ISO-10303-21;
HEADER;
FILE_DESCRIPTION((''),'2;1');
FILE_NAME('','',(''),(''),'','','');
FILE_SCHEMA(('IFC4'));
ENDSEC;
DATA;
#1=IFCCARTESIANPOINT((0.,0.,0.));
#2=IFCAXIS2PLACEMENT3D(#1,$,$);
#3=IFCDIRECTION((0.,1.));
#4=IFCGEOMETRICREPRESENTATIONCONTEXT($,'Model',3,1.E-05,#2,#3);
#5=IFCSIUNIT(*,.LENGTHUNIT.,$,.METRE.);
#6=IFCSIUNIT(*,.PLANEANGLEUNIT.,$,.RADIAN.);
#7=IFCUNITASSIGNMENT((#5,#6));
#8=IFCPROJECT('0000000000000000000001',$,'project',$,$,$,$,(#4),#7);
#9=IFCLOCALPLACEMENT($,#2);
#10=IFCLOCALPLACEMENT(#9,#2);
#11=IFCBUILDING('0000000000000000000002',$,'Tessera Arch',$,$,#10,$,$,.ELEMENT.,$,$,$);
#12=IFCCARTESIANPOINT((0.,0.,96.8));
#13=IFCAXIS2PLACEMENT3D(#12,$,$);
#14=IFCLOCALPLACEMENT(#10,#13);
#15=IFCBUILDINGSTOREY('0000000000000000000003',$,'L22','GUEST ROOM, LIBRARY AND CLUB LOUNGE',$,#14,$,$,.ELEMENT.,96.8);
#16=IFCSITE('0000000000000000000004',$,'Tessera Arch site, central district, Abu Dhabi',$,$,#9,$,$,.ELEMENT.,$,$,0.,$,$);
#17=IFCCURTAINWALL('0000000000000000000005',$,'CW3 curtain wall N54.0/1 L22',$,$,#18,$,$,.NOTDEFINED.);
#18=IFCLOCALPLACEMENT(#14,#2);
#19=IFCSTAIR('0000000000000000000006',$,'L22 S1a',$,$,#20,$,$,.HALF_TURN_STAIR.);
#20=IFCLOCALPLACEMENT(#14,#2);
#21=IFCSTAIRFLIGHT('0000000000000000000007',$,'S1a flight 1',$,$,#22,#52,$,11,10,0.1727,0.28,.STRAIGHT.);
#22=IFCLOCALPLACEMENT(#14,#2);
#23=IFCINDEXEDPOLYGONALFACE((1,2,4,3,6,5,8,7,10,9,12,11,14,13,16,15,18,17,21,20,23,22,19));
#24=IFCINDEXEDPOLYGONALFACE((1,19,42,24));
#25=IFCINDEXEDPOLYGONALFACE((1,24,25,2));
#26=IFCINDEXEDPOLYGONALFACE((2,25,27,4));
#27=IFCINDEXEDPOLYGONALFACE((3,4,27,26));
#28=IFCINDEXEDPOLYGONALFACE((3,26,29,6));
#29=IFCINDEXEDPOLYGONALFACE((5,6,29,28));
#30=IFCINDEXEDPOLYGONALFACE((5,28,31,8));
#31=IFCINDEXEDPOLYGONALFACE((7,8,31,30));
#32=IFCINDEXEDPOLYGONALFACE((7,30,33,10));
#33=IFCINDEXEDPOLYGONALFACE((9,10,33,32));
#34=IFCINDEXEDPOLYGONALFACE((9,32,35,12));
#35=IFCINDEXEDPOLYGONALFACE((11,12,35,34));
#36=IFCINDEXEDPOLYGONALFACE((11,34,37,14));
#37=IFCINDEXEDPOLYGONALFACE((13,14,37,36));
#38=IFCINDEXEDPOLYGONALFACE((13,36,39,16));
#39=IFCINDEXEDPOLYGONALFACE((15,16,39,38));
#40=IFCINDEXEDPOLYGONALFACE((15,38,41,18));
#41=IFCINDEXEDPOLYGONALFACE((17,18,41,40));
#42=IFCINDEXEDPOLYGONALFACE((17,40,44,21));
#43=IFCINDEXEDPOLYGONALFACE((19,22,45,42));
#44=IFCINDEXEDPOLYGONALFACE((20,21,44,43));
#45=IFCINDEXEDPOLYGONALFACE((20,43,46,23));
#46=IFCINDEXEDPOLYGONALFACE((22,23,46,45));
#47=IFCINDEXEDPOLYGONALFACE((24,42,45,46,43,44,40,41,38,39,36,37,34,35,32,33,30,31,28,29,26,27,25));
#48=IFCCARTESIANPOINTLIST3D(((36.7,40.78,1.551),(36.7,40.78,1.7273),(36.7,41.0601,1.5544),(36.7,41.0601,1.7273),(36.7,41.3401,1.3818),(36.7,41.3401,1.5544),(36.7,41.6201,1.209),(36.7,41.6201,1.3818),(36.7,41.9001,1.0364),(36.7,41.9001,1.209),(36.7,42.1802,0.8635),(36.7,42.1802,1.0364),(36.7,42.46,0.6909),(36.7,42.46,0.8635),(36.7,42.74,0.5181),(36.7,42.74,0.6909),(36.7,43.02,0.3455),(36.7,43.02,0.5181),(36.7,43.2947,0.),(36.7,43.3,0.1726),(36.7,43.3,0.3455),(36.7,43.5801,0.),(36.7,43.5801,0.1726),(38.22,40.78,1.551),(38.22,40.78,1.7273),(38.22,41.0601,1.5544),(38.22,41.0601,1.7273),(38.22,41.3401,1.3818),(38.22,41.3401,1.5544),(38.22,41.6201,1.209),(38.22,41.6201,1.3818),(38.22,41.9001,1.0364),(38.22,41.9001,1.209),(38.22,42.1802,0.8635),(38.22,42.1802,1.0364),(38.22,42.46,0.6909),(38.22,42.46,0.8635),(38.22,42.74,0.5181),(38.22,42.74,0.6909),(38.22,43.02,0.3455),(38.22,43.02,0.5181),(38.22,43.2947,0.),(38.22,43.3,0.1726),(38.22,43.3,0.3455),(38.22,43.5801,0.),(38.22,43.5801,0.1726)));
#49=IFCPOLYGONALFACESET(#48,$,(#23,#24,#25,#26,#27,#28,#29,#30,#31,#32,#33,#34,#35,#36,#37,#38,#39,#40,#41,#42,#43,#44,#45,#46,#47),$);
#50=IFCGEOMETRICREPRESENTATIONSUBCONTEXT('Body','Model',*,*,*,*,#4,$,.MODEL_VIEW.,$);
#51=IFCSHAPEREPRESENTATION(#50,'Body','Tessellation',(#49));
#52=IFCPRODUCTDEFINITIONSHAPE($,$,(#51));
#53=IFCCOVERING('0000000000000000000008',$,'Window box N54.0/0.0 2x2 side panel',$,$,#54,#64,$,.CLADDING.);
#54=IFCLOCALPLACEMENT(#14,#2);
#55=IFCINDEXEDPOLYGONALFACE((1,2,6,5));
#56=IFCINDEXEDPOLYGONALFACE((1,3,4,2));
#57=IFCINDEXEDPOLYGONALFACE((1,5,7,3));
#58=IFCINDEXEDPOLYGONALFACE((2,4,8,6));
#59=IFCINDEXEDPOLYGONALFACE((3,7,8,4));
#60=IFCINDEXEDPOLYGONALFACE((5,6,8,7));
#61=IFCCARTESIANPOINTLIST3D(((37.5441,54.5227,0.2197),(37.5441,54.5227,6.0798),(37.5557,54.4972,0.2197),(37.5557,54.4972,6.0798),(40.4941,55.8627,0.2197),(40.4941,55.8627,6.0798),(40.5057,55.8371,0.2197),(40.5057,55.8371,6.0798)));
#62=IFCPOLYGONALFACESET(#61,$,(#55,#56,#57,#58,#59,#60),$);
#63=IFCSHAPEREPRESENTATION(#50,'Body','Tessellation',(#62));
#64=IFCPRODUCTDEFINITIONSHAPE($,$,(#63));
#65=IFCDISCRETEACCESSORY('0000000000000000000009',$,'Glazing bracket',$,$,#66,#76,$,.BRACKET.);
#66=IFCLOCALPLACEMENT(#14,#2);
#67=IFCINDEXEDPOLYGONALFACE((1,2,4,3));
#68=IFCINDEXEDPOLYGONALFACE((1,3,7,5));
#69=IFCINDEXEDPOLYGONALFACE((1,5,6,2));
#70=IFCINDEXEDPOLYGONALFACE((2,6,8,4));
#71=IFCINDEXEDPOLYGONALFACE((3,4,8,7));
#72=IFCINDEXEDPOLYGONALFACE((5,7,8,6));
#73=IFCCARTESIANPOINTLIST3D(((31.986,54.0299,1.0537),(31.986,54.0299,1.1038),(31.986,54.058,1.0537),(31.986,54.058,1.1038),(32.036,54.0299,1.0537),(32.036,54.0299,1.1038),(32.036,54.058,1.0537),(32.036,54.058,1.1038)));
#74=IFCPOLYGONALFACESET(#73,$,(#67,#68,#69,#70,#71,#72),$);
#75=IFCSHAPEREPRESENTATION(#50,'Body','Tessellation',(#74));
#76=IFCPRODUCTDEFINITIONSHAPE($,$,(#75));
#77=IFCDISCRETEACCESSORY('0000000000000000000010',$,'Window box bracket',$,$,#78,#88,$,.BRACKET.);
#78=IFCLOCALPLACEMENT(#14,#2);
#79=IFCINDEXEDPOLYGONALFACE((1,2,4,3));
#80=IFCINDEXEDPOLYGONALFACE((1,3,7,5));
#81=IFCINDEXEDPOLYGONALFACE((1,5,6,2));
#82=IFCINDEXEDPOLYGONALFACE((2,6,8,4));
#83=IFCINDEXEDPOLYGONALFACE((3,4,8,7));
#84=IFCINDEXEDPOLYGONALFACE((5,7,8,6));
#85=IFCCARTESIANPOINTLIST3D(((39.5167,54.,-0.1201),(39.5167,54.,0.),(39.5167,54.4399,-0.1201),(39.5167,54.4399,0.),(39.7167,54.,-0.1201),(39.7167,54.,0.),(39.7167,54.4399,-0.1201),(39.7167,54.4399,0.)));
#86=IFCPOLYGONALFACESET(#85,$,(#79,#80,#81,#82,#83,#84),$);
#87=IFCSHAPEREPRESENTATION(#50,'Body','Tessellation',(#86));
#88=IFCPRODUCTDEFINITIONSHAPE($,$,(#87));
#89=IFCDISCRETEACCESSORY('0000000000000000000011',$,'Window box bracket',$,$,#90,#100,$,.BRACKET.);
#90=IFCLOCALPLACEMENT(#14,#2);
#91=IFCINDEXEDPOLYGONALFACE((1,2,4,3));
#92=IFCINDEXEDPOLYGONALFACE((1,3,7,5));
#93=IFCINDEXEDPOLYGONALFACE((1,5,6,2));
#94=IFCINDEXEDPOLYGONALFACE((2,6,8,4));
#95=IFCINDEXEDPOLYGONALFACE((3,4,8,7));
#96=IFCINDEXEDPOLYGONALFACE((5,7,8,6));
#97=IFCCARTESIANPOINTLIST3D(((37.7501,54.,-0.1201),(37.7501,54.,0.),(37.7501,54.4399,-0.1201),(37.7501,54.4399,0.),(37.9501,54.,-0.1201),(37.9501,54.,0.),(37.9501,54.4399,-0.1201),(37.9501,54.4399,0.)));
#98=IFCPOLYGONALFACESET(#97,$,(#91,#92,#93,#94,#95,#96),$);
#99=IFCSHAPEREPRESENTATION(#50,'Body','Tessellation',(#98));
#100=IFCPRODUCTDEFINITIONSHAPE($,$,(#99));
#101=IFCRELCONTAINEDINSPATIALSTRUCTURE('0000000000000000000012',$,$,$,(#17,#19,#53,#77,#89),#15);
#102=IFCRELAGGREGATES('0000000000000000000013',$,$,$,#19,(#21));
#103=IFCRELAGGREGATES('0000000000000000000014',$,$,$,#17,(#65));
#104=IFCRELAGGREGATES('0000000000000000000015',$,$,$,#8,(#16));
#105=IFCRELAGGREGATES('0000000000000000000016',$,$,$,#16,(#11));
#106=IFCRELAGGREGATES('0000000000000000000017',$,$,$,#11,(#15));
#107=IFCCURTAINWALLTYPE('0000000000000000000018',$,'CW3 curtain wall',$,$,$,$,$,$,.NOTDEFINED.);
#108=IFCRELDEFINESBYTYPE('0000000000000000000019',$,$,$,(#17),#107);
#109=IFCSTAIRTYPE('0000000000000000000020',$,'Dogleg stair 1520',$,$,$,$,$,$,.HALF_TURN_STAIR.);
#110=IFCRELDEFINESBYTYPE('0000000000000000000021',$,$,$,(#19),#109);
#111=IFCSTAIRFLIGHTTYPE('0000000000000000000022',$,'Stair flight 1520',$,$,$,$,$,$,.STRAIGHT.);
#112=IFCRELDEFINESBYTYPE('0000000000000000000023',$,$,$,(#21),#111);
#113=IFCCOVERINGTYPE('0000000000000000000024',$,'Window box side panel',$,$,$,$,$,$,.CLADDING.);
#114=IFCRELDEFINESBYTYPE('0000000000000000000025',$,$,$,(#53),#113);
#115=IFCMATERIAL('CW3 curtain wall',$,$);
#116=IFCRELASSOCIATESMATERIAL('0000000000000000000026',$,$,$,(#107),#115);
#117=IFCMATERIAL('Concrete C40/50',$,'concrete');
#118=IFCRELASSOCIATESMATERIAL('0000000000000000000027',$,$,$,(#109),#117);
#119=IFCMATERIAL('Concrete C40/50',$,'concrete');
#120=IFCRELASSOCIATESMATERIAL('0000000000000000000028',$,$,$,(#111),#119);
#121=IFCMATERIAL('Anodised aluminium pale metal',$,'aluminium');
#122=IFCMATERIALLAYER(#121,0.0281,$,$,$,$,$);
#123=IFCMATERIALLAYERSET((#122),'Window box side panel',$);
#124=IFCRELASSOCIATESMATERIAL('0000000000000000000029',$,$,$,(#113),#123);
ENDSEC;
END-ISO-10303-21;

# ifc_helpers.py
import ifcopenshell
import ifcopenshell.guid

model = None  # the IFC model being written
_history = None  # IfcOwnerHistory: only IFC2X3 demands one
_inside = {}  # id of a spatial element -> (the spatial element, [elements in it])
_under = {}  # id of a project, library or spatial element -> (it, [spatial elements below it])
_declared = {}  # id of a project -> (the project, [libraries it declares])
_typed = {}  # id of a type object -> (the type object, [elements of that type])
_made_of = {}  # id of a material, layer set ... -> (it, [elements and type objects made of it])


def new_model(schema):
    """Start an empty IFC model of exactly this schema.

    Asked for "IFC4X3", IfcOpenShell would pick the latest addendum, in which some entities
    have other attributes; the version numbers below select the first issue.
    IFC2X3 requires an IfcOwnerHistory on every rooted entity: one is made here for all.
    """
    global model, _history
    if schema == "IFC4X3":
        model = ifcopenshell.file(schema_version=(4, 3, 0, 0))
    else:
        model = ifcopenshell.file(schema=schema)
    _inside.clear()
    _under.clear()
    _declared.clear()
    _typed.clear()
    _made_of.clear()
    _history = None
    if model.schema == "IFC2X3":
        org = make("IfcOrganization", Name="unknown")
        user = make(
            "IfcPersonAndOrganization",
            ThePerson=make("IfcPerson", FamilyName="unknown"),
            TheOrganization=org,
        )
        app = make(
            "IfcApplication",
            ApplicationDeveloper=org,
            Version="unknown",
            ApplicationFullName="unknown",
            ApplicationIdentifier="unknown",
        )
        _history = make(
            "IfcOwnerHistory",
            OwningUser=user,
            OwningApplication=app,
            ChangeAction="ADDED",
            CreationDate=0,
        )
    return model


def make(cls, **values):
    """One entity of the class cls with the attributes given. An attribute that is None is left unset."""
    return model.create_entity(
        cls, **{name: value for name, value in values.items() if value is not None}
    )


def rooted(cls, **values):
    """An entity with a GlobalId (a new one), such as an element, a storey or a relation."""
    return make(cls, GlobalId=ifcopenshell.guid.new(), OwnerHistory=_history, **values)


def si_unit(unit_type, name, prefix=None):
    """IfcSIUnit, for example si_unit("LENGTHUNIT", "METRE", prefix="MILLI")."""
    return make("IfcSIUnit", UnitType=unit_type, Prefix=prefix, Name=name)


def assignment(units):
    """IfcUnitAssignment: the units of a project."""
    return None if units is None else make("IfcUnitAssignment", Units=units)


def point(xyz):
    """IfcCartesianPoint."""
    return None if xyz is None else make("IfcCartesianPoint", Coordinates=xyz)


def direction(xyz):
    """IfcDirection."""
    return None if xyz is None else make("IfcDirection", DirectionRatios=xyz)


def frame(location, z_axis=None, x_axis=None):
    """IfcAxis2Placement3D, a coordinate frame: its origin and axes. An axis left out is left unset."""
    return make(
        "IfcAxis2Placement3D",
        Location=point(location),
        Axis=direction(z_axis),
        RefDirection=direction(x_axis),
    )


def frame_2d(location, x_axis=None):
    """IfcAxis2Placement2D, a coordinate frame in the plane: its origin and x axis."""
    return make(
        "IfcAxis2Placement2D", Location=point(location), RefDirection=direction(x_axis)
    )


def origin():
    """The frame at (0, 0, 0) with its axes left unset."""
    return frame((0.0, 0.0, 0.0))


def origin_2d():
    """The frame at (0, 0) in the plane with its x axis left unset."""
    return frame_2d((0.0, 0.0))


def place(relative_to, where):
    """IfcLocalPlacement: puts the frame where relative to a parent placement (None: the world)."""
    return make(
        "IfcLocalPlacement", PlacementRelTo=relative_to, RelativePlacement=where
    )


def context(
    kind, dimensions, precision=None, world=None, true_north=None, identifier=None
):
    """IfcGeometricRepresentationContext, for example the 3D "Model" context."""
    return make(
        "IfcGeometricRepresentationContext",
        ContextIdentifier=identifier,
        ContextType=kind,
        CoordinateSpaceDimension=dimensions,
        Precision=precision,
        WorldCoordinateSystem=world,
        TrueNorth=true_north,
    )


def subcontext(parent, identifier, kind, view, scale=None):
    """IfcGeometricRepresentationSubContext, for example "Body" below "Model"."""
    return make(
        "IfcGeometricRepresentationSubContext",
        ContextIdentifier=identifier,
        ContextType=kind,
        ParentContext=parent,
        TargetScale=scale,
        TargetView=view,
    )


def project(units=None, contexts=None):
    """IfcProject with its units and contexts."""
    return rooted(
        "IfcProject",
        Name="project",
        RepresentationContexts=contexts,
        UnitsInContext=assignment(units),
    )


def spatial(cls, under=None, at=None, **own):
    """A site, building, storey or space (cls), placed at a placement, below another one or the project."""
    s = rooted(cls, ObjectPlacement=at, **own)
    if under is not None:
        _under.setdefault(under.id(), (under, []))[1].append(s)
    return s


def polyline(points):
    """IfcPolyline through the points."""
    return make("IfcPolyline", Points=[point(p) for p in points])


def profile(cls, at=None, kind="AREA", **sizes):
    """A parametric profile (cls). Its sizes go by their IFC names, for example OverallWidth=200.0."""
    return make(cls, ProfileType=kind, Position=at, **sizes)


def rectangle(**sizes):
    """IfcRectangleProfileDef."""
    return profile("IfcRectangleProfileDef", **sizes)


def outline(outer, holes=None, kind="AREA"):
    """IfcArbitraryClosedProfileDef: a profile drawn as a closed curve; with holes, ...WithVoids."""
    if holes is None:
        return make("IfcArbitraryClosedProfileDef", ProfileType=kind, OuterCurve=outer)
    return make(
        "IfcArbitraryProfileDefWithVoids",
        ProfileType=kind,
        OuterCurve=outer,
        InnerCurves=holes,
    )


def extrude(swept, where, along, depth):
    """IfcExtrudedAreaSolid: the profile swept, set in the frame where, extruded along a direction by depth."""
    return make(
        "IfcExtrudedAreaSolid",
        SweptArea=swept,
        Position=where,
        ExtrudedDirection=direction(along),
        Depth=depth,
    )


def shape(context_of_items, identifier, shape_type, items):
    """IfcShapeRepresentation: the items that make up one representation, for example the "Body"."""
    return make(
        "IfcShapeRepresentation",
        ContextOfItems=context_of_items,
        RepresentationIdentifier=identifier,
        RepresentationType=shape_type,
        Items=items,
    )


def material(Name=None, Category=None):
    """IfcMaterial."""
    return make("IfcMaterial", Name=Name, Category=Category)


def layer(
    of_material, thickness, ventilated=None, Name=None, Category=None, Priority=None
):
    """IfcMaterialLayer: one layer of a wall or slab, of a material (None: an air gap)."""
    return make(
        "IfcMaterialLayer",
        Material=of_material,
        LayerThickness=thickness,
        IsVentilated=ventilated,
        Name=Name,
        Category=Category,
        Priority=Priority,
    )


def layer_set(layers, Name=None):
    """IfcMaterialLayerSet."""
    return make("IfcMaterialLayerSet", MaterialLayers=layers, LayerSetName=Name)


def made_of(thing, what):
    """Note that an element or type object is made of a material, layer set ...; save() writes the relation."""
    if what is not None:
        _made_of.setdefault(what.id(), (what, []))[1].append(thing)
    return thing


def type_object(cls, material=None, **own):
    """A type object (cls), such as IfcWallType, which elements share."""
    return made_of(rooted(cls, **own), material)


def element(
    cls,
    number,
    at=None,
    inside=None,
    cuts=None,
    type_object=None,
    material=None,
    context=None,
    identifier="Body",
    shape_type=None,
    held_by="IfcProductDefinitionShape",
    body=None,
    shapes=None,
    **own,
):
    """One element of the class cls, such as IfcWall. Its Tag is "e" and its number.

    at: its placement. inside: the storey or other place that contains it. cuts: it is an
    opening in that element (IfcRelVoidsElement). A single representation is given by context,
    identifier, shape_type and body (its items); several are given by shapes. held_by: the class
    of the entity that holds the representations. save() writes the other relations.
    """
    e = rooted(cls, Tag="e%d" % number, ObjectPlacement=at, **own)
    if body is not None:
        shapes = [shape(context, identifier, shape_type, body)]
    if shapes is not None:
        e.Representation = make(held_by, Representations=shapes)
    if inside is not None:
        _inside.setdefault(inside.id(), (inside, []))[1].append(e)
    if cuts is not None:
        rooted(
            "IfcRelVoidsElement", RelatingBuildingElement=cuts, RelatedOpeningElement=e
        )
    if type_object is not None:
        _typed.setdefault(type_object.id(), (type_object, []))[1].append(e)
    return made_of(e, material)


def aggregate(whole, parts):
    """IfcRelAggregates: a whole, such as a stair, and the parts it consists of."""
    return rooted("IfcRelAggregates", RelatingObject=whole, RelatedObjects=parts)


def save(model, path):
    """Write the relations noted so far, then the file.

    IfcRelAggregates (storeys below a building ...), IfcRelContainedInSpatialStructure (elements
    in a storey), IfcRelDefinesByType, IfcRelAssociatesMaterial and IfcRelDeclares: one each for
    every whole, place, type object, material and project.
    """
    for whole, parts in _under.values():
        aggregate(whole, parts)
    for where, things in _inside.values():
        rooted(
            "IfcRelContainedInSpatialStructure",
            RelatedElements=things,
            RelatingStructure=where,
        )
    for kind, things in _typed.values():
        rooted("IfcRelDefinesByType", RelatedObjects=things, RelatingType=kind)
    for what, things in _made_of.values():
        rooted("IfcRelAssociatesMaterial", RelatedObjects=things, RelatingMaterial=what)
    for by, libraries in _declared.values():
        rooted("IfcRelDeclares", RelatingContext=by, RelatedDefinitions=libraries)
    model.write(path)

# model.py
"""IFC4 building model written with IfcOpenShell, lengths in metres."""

from ifc_helpers import new_model, si_unit, direction, frame, origin, origin_2d, place, context, subcontext, project, spatial, polyline, rectangle, outline, extrude, material, layer, layer_set, type_object, element, aggregate, save


model = new_model("IFC4")

# Units and contexts
model_context = context("Model", 3, precision=1e-05, world=origin(), true_north=direction((0.0, 1.0)))
body_context = subcontext(model_context, "Body", "Model", "MODEL_VIEW")
ifc_project = project(units=[si_unit("LENGTHUNIT", "METRE"), si_unit("PLANEANGLEUNIT", "RADIAN")], contexts=[model_context])

# Site, building, storey
site_placement = place(None, origin())
site = spatial("IfcSite", under=ifc_project, at=site_placement, Name="Tessera Arch site, central district, Abu Dhabi", CompositionType="ELEMENT", RefElevation=0.0)
building_placement = place(site_placement, origin())
building = spatial("IfcBuilding", under=site, at=building_placement, Name="Tessera Arch", CompositionType="ELEMENT")
storey_placement = place(building_placement, frame((0.0, 0.0, 96.8)))
storey = spatial("IfcBuildingStorey", under=building, at=storey_placement, Name="L22", Description="GUEST ROOM, LIBRARY AND CLUB LOUNGE", CompositionType="ELEMENT", Elevation=96.8)

# Curtain wall
ifc_material_1 = material(Name="CW3 curtain wall")
curtain_wall_type_1 = type_object("IfcCurtainWallType", Name="CW3 curtain wall", PredefinedType="NOTDEFINED", material=ifc_material_1)
curtain_wall_1_placement = place(storey_placement, origin())
curtain_wall_1 = element("IfcCurtainWall", 1, at=curtain_wall_1_placement, inside=storey, type_object=curtain_wall_type_1, Name="CW3 curtain wall N54.0/1 L22", PredefinedType="NOTDEFINED")

# Stair, stair flight
ifc_material_2 = material(Name="Concrete C40/50", Category="concrete")
stair_type = type_object("IfcStairType", Name="Dogleg stair 1520", PredefinedType="HALF_TURN_STAIR", material=ifc_material_2)
stair_placement = place(storey_placement, origin())
stair = element("IfcStair", 2, at=stair_placement, inside=storey, type_object=stair_type, Name="L22 S1a", PredefinedType="HALF_TURN_STAIR")
ifc_material_3 = material(Name="Concrete C40/50", Category="concrete")
stair_flight_type = type_object("IfcStairFlightType", Name="Stair flight 1520", PredefinedType="STRAIGHT", material=ifc_material_3)
stair_flight_placement = place(storey_placement, frame((37.46, 43.5801, 0.0), z_axis=(0.0, 0.0, 1.0), x_axis=(0.0, -1.0, 0.0)))
stair_flight = element("IfcStairFlight", 3, at=stair_flight_placement, type_object=stair_flight_type, Name="S1a flight 1", NumberOfRisers=11, NumberOfTreads=10, PredefinedType="STRAIGHT", RiserHeight=0.1727, TreadLength=0.28, context=body_context, shape_type="SweptSolid", body=[
    extrude(outline(polyline([(0.0, 0.0), (0.0, 0.1726), (0.28, 0.1726), (0.28, 0.3455), (0.5601, 0.3455), (0.5601, 0.5181), (0.8401, 0.5181), (0.8401, 0.6909), (1.1201, 0.6909), (1.1201, 0.8635), (1.3999, 0.8635), (1.3999, 1.0364), (1.6799, 1.0364), (1.6799, 1.209), (1.96, 1.209), (1.96, 1.3818), (2.24, 1.3818), (2.24, 1.5544), (2.52, 1.5544), (2.52, 1.7273), (2.8, 1.7273), (2.8, 1.8999), (2.8, 1.551), (0.2854, 0.0), (0.0, 0.0)])), frame((0.0, 0.76, 0.0), z_axis=(0.0, -1.0, 0.0), x_axis=(1.0, 0.0, 0.0)), (0.0, 0.0, 1.0), 1.52),
])
aggregate(stair, [stair_flight])

# Covering
ifc_material_4 = material(Name="Anodised aluminium pale metal", Category="aluminium")
ifc_layer_1 = layer(ifc_material_4, 0.0281)
ifc_layer_set_1 = layer_set([ifc_layer_1], Name="Window box side panel")
covering_type = type_object("IfcCoveringType", Name="Window box side panel", PredefinedType="CLADDING", material=ifc_layer_set_1)
covering_placement = place(storey_placement, frame((39.0249, 55.1799, 0.2197), z_axis=(0.0, 0.0, 1.0), x_axis=(0.910472, 0.41357, 0.0)))
element("IfcCovering", 4, at=covering_placement, inside=storey, type_object=covering_type, Name="Window box N54.0/0.0 2x2 side panel", PredefinedType="CLADDING", context=body_context, shape_type="SweptSolid", body=[
    extrude(rectangle(XDim=3.24, YDim=0.0281, at=origin_2d()), origin(), (0.0, 0.0, 1.0), 5.8601),
])

# Discrete accessory
discrete_accessory_placement = place(storey_placement, frame((32.011, 54.0439, 1.0537), z_axis=(0.0, 0.0, 1.0), x_axis=(-1.0, 0.0, 0.0)))
discrete_accessory = element("IfcDiscreteAccessory", 5, at=discrete_accessory_placement, Name="Glazing bracket", PredefinedType="BRACKET", context=body_context, shape_type="SweptSolid", body=[
    extrude(rectangle(XDim=0.05, YDim=0.0281, at=origin_2d()), origin(), (0.0, 0.0, 1.0), 0.05),
])
aggregate(curtain_wall_1, [discrete_accessory])

# Discrete accessories
for number, where, z_axis, x_axis, name in (
    (6, (39.6167, 54.22, -0.1201), (0.0, 0.0, 1.0), (0.0, 1.0, 0.0), "Window box bracket"),
    (7, (37.8501, 54.22, -0.1201), (0.0, 0.0, 1.0), (0.0, 1.0, 0.0), "Window box bracket"),
):
    element("IfcDiscreteAccessory", number, at=place(storey_placement, frame(where, z_axis=z_axis, x_axis=x_axis)), inside=storey, Name=name, PredefinedType="BRACKET", context=body_context, shape_type="SweptSolid", body=[
        extrude(rectangle(XDim=0.4399, YDim=0.2, at=origin_2d()), origin(), (0.0, 0.0, 1.0), 0.1201),
    ])

save(model, "model.ifc")
